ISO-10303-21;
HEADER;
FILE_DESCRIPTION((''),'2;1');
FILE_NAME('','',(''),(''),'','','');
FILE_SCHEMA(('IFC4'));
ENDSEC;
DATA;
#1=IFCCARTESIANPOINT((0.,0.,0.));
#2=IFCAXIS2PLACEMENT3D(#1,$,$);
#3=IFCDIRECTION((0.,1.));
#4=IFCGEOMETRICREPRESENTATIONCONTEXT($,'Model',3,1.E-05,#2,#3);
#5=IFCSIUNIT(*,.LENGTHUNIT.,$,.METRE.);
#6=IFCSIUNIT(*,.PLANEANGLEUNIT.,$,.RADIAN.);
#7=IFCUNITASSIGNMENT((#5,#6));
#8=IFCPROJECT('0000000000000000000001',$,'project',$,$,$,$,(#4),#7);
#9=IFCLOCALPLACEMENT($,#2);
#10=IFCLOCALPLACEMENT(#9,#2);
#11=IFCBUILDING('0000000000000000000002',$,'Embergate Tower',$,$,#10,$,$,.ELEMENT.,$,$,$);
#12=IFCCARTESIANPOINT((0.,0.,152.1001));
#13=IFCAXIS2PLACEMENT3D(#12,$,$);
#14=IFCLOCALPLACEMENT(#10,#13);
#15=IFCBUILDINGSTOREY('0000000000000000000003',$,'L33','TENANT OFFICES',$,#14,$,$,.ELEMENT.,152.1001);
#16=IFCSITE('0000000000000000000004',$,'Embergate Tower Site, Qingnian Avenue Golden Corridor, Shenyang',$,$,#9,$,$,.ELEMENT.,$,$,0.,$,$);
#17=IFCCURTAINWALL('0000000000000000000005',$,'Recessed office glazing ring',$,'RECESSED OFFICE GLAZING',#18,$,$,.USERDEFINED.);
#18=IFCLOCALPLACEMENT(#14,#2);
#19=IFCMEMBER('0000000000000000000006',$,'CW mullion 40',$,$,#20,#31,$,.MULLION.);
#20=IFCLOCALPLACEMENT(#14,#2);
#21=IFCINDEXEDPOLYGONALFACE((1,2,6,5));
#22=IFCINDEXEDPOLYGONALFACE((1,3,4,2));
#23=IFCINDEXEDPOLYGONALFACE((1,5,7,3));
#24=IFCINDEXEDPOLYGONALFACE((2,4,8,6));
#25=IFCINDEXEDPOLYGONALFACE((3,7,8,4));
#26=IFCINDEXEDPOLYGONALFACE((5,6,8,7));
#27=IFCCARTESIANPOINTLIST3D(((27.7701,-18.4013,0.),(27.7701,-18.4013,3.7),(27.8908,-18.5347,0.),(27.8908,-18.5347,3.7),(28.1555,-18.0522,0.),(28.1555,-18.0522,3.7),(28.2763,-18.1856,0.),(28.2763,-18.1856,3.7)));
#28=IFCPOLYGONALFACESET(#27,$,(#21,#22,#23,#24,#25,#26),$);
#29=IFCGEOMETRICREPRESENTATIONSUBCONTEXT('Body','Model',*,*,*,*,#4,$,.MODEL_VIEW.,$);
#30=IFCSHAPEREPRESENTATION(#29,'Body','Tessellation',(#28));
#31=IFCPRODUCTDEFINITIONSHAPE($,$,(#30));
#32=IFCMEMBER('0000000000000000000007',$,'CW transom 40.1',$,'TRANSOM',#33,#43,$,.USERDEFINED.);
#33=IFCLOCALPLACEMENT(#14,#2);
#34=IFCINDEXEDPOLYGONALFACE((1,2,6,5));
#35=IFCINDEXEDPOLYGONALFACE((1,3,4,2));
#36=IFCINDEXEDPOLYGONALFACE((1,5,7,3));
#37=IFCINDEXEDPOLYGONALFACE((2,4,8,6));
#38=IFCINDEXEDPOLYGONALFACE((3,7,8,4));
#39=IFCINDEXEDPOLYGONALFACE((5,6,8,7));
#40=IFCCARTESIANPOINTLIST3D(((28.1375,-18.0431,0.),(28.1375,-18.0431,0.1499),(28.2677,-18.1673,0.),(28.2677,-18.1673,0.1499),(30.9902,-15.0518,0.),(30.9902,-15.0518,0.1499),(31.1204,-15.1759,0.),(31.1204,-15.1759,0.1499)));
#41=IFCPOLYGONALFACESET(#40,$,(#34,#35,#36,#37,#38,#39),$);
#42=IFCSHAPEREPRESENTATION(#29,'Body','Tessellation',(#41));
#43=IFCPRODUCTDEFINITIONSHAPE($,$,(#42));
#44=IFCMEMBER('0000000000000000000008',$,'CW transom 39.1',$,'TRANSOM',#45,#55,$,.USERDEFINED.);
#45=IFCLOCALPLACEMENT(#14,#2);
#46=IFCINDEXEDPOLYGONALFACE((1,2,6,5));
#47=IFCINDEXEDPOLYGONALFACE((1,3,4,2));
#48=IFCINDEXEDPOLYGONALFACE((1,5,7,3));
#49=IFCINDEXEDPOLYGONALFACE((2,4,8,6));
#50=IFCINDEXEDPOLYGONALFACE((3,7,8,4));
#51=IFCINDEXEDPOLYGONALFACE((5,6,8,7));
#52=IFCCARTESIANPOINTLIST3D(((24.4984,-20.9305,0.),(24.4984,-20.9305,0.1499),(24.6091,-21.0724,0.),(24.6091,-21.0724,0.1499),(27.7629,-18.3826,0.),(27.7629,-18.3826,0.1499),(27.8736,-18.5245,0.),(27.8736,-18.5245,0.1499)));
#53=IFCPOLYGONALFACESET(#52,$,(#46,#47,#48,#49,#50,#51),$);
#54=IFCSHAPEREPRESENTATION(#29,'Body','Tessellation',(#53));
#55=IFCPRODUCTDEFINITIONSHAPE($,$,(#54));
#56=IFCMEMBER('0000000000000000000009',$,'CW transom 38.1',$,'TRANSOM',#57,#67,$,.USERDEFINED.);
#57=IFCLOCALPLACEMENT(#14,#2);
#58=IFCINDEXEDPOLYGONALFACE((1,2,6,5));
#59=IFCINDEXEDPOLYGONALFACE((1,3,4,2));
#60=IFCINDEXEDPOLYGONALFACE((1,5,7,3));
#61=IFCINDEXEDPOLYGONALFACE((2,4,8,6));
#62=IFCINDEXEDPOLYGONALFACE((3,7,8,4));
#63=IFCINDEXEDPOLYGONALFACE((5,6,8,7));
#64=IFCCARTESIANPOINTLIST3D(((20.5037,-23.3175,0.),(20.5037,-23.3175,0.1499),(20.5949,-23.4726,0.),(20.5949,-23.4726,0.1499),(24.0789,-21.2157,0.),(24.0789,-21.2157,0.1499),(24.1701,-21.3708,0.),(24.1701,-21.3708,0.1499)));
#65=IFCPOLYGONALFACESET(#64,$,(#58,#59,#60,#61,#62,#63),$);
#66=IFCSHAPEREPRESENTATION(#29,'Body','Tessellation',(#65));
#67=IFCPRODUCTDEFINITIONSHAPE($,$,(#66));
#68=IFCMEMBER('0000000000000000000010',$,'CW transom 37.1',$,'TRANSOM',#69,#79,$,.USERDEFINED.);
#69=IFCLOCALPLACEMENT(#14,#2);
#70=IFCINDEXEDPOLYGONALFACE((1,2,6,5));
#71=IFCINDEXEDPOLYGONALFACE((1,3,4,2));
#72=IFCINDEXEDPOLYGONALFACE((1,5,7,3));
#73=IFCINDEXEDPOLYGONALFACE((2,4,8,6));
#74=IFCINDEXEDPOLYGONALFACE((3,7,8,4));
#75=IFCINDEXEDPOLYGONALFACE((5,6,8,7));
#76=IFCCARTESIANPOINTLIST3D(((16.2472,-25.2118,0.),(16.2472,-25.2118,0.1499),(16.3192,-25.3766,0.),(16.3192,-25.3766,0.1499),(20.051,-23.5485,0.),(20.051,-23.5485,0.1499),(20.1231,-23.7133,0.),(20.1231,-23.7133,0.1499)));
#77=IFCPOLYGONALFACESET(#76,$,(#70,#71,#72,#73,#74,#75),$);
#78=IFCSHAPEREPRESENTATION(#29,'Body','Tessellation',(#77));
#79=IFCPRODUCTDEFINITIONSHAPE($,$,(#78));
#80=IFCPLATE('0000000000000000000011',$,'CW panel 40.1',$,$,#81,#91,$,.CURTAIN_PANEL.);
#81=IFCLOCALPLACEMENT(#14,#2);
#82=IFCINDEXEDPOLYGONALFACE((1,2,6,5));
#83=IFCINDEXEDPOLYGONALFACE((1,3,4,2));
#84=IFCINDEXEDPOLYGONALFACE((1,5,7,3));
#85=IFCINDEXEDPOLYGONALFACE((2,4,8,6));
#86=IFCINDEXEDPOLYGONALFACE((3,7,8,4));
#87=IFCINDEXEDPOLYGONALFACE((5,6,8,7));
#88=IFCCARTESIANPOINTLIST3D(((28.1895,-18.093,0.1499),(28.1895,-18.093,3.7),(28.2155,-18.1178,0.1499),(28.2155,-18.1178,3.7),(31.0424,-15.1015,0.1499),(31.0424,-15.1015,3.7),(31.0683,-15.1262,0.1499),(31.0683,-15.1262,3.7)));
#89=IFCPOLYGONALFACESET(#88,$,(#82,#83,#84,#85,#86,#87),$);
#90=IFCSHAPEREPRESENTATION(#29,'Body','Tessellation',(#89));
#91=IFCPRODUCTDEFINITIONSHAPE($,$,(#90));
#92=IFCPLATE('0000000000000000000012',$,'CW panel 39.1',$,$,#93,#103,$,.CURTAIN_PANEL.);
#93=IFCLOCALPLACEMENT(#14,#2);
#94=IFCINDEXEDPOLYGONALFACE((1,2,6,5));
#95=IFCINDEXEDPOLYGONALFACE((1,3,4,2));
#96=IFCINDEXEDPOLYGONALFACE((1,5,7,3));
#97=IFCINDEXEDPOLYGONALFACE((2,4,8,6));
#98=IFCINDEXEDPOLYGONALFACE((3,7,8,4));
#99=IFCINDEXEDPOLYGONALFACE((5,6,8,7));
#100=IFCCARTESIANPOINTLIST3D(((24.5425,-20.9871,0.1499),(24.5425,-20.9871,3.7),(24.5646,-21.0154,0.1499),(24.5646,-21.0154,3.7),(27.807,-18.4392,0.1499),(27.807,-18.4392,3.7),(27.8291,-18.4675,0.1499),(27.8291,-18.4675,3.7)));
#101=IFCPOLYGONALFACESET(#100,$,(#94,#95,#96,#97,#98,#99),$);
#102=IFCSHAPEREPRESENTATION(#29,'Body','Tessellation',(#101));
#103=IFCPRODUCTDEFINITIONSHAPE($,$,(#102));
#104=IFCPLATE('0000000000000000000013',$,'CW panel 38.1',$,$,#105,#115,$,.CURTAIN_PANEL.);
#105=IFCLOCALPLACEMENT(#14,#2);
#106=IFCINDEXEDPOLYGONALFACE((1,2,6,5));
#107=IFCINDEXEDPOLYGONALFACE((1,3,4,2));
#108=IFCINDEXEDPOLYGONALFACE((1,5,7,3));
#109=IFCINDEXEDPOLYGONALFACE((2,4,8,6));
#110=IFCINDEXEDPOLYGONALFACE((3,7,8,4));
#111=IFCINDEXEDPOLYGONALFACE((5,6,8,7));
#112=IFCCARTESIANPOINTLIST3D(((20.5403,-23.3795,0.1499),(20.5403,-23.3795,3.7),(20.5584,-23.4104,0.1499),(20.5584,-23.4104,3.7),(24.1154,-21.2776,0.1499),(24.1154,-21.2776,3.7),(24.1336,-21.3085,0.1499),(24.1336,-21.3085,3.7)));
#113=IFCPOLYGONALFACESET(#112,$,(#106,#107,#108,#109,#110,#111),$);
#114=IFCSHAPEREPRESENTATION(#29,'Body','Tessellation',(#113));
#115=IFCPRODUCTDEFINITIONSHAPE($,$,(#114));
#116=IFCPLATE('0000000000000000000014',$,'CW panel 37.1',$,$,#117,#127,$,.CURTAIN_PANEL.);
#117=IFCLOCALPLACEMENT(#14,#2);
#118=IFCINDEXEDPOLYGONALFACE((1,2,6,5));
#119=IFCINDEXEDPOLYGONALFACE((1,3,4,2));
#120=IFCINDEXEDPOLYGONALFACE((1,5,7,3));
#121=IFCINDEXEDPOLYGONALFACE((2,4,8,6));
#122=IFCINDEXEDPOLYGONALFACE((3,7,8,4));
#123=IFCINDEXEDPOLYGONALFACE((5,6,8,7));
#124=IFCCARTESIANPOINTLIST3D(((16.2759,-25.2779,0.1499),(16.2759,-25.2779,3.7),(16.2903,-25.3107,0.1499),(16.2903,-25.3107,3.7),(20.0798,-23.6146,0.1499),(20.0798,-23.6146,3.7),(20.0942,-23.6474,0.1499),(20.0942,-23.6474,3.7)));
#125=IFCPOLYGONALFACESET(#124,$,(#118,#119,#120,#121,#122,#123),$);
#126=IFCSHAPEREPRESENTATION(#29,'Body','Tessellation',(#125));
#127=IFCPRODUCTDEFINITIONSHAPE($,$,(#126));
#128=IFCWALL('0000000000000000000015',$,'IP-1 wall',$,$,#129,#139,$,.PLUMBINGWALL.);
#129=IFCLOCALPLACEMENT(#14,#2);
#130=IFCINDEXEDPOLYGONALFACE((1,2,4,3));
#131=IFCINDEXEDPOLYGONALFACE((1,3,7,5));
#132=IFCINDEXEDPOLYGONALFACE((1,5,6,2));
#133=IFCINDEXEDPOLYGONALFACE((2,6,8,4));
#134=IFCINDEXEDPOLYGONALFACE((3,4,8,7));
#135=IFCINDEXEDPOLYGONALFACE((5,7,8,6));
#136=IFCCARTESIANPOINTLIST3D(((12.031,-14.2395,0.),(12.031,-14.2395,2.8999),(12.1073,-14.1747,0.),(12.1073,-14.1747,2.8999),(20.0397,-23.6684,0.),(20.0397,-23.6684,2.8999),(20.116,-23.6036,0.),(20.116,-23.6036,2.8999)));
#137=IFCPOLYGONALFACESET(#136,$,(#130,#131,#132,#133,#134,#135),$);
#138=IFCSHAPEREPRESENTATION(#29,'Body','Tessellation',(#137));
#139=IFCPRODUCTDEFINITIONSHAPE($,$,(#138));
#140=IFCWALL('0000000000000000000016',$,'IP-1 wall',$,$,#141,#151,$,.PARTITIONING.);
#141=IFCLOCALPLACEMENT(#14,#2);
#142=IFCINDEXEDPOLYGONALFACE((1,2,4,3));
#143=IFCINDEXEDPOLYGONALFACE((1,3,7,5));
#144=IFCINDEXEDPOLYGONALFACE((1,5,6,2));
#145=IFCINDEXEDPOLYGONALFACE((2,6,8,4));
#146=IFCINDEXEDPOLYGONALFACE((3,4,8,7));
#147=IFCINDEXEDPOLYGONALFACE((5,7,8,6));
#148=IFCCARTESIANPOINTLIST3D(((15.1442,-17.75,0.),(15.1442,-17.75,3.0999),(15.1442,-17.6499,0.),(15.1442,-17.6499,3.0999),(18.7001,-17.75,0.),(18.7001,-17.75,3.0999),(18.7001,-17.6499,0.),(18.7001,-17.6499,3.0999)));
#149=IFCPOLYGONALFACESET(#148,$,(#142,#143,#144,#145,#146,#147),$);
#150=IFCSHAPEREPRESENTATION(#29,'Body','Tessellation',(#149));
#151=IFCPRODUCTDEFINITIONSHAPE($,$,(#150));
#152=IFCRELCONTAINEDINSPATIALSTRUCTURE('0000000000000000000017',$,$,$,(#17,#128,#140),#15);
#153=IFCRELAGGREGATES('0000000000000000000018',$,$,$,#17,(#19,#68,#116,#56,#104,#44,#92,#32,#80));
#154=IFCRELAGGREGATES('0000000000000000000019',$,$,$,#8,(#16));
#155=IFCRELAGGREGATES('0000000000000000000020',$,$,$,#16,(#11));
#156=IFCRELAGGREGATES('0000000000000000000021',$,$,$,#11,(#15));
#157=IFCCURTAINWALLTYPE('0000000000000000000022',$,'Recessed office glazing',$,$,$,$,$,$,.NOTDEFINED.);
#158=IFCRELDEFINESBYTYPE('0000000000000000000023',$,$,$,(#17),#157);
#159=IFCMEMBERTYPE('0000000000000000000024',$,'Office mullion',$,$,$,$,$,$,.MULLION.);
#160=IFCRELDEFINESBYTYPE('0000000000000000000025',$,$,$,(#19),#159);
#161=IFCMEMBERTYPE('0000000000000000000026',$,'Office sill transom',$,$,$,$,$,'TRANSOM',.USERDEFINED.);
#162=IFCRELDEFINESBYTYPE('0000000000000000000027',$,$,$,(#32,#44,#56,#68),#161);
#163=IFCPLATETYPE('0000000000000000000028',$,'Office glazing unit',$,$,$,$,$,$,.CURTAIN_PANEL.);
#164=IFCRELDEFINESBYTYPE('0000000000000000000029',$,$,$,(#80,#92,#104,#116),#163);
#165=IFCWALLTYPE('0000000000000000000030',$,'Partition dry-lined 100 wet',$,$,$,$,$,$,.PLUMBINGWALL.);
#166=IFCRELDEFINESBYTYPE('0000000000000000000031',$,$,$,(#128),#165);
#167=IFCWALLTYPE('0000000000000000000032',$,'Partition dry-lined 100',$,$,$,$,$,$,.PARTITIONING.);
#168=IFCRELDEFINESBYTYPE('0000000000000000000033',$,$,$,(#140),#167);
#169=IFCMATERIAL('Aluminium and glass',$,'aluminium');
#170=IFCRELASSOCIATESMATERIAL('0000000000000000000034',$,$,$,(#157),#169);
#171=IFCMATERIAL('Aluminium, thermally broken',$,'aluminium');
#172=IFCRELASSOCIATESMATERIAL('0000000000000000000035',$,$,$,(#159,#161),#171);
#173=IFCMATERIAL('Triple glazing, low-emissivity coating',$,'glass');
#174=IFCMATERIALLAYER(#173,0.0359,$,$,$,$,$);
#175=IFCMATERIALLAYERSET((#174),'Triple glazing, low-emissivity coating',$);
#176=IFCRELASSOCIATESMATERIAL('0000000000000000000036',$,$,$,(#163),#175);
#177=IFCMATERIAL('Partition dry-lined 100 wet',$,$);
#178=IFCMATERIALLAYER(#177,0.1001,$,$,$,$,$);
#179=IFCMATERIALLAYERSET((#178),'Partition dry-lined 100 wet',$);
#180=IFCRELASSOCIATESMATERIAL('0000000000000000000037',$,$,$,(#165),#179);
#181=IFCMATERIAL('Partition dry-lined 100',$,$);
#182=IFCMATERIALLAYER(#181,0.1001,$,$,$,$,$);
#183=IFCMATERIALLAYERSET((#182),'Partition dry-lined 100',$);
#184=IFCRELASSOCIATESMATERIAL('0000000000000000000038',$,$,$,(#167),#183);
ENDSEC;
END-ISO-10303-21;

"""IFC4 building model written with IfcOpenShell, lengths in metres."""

from ifc_helpers import new_model, si_unit, direction, frame, frame_2d, origin, origin_2d, place, context, subcontext, project, spatial, rectangle, extrude, source, transform, mapped, material, layer, layer_set, material_profile, profile_set, type_object, element, aggregate, save


model = new_model("IFC4")

# Units and contexts
model_context = context("Model", 3, precision=1e-05, world=origin(), true_north=direction((0.0, 1.0)))
body_context = subcontext(model_context, "Body", "Model", "MODEL_VIEW")
ifc_project = project(units=[si_unit("LENGTHUNIT", "METRE"), si_unit("PLANEANGLEUNIT", "RADIAN")], contexts=[model_context])

# Site, building, storey
site_placement = place(None, origin())
site = spatial("IfcSite", under=ifc_project, at=site_placement, Name="Embergate Tower Site, Qingnian Avenue Golden Corridor, Shenyang", CompositionType="ELEMENT", RefElevation=0.0)
building_placement = place(site_placement, origin())
building = spatial("IfcBuilding", under=site, at=building_placement, Name="Embergate Tower", CompositionType="ELEMENT")
storey_placement = place(building_placement, frame((0.0, 0.0, 152.1001)))
storey = spatial("IfcBuildingStorey", under=building, at=storey_placement, Name="L33", Description="TENANT OFFICES", CompositionType="ELEMENT", Elevation=152.1001)

# Curtain wall, members, plates
ifc_material_1 = material(Name="Aluminium and glass", Category="aluminium")
curtain_wall_type = type_object("IfcCurtainWallType", Name="Recessed office glazing", PredefinedType="NOTDEFINED", material=ifc_material_1)
curtain_wall_placement = place(storey_placement, origin())
curtain_wall = element("IfcCurtainWall", 1, at=curtain_wall_placement, inside=storey, type_object=curtain_wall_type, Name="Recessed office glazing ring", ObjectType="RECESSED OFFICE GLAZING", PredefinedType="USERDEFINED")
ifc_material_2 = material(Name="Aluminium, thermally broken", Category="aluminium")
ifc_material_profile_1 = material_profile(ifc_material_2, rectangle(XDim=0.1799, YDim=0.52, at=origin_2d()), Name="AL 520x180")
ifc_profile_set_1 = profile_set([ifc_material_profile_1], Name="Aluminium, thermally broken")
member_type_1 = type_object("IfcMemberType", Name="Office mullion", PredefinedType="MULLION", material=ifc_profile_set_1)
shared_shape_1 = source(origin(), body_context, "Body", "SweptSolid", [
    extrude(rectangle(XDim=0.1799, YDim=0.52, at=origin_2d()), origin(), (0.0, 0.0, 1.0), 3.7),
])
member_1_placement = place(storey_placement, frame((28.0232, -18.2935, 0.0), z_axis=(0.0, 0.0, 1.0), x_axis=(-0.671227, 0.741252, 0.0)))
member_1 = element("IfcMember", 2, at=member_1_placement, type_object=member_type_1, Name="CW mullion 40", PredefinedType="MULLION", context=body_context, shape_type="MappedRepresentation", body=[
    mapped(shared_shape_1, transform((0.0, 0.0, 0.0))),
])
ifc_material_profile_2 = material_profile(ifc_material_2, rectangle(XDim=0.1799, YDim=0.1499, at=origin_2d()), Name="AL 150x180")
ifc_profile_set_2 = profile_set([ifc_material_profile_2], Name="Aluminium, thermally broken")
member_type_2 = type_object("IfcMemberType", Name="Office sill transom", ElementType="TRANSOM", PredefinedType="USERDEFINED", material=ifc_profile_set_2)
shared_shape_2 = source(origin(), body_context, "Body", "SweptSolid", [
    extrude(rectangle(XDim=0.1799, YDim=0.1499, at=origin_2d()), origin(), (0.0, 0.0, 1.0), 4.1335),
])
member_2_placement = place(storey_placement, frame((28.2026, -18.1052, 0.075), z_axis=(0.690134, 0.723681, 0.0), x_axis=(-0.723681, 0.690134, 0.0)))
member_2 = element("IfcMember", 3, at=member_2_placement, type_object=member_type_2, Name="CW transom 40.1", ObjectType="TRANSOM", PredefinedType="USERDEFINED", context=body_context, shape_type="MappedRepresentation", body=[
    mapped(shared_shape_2, transform((0.0, 0.0, 0.0))),
])
shared_shape_3 = source(origin(), body_context, "Body", "SweptSolid", [
    extrude(rectangle(XDim=0.1799, YDim=0.1499, at=origin_2d()), origin(), (0.0, 0.0, 1.0), 4.1411),
])
member_3_placement = place(storey_placement, frame((24.5537, -21.0015, 0.075), z_axis=(0.788313, 0.615274, 0.0), x_axis=(-0.615274, 0.788313, 0.0)))
member_3 = element("IfcMember", 4, at=member_3_placement, type_object=member_type_2, Name="CW transom 39.1", ObjectType="TRANSOM", PredefinedType="USERDEFINED", context=body_context, shape_type="MappedRepresentation", body=[
    mapped(shared_shape_3, transform((0.0, 0.0, 0.0))),
])
shared_shape_4 = source(origin(), body_context, "Body", "SweptSolid", [
    extrude(rectangle(XDim=0.1799, YDim=0.1499, at=origin_2d()), origin(), (0.0, 0.0, 1.0), 4.1472),
])
member_4_placement = place(storey_placement, frame((20.5493, -23.395, 0.075), z_axis=(0.862066, 0.506796, 0.0), x_axis=(-0.506796, 0.862066, 0.0)))
member_4 = element("IfcMember", 5, at=member_4_placement, type_object=member_type_2, Name="CW transom 38.1", ObjectType="TRANSOM", PredefinedType="USERDEFINED", context=body_context, shape_type="MappedRepresentation", body=[
    mapped(shared_shape_4, transform((0.0, 0.0, 0.0))),
])
shared_shape_5 = source(origin(), body_context, "Body", "SweptSolid", [
    extrude(rectangle(XDim=0.1799, YDim=0.1499, at=origin_2d()), origin(), (0.0, 0.0, 1.0), 4.1516),
])
member_5_placement = place(storey_placement, frame((16.2832, -25.2942, 0.075), z_axis=(0.916237, 0.400637, 0.0), x_axis=(-0.400637, 0.916237, 0.0)))
member_5 = element("IfcMember", 6, at=member_5_placement, type_object=member_type_2, Name="CW transom 37.1", ObjectType="TRANSOM", PredefinedType="USERDEFINED", context=body_context, shape_type="MappedRepresentation", body=[
    mapped(shared_shape_5, transform((0.0, 0.0, 0.0))),
])
ifc_material_3 = material(Name="Triple glazing, low-emissivity coating", Category="glass")
ifc_layer_1 = layer(ifc_material_3, 0.0359)
ifc_layer_set_1 = layer_set([ifc_layer_1], Name="Triple glazing, low-emissivity coating")
plate_type = type_object("IfcPlateType", Name="Office glazing unit", PredefinedType="CURTAIN_PANEL", material=ifc_layer_set_1)
shared_shape_6 = source(origin(), body_context, "Body", "SweptSolid", [
    extrude(rectangle(XDim=4.1338, YDim=0.0359, at=origin_2d()), origin(), (0.0, 0.0, 1.0), 3.55),
])
plate_1_placement = place(storey_placement, frame((29.6289, -16.6096, 0.1499), z_axis=(0.0, 0.0, 1.0), x_axis=(0.690135, 0.723681, 0.0)))
plate_1 = element("IfcPlate", 7, at=plate_1_placement, type_object=plate_type, Name="CW panel 40.1", PredefinedType="CURTAIN_PANEL", context=body_context, shape_type="MappedRepresentation", body=[
    mapped(shared_shape_6, transform((0.0, 0.0, 0.0))),
])
shared_shape_7 = source(origin(), body_context, "Body", "SweptSolid", [
    extrude(rectangle(XDim=4.1411, YDim=0.0359, at=origin_2d()), origin(), (0.0, 0.0, 1.0), 3.55),
])
plate_2_placement = place(storey_placement, frame((26.1858, -19.7273, 0.1499), z_axis=(0.0, 0.0, 1.0), x_axis=(0.78832, 0.615265, 0.0)))
plate_2 = element("IfcPlate", 8, at=plate_2_placement, type_object=plate_type, Name="CW panel 39.1", PredefinedType="CURTAIN_PANEL", context=body_context, shape_type="MappedRepresentation", body=[
    mapped(shared_shape_7, transform((0.0, 0.0, 0.0))),
])
shared_shape_8 = source(origin(), body_context, "Body", "SweptSolid", [
    extrude(rectangle(XDim=4.1472, YDim=0.0359, at=origin_2d()), origin(), (0.0, 0.0, 1.0), 3.55),
])
plate_3_placement = place(storey_placement, frame((22.3369, -22.344, 0.1499), z_axis=(0.0, 0.0, 1.0), x_axis=(0.862053, 0.506818, 0.0)))
plate_3 = element("IfcPlate", 9, at=plate_3_placement, type_object=plate_type, Name="CW panel 38.1", PredefinedType="CURTAIN_PANEL", context=body_context, shape_type="MappedRepresentation", body=[
    mapped(shared_shape_8, transform((0.0, 0.0, 0.0))),
])
shared_shape_9 = source(origin(), body_context, "Body", "SweptSolid", [
    extrude(rectangle(XDim=4.1516, YDim=0.0359, at=origin_2d()), origin(), (0.0, 0.0, 1.0), 3.55),
])
plate_4_placement = place(storey_placement, frame((18.1851, -24.4626, 0.1499), z_axis=(0.0, 0.0, 1.0), x_axis=(0.916236, 0.400638, 0.0)))
plate_4 = element("IfcPlate", 10, at=plate_4_placement, type_object=plate_type, Name="CW panel 37.1", PredefinedType="CURTAIN_PANEL", context=body_context, shape_type="MappedRepresentation", body=[
    mapped(shared_shape_9, transform((0.0, 0.0, 0.0))),
])
aggregate(curtain_wall, [member_1, member_5, plate_4, member_4, plate_3, member_3, plate_2, member_2, plate_1])

# Walls
ifc_material_4 = material(Name="Partition dry-lined 100 wet")
ifc_layer_2 = layer(ifc_material_4, 0.1001)
ifc_layer_set_2 = layer_set([ifc_layer_2], Name="Partition dry-lined 100 wet")
wall_type_1 = type_object("IfcWallType", Name="Partition dry-lined 100 wet", PredefinedType="PLUMBINGWALL", material=ifc_layer_set_2)
shared_shape_10 = source(origin(), body_context, "Body", "SweptSolid", [
    extrude(rectangle(XDim=12.3711, YDim=0.1001, at=frame_2d((6.1855, 0.0))), origin(), (0.0, 0.0, 1.0), 2.8999),
])
wall_1_placement = place(storey_placement, frame((20.0779, -23.636, 0.0), z_axis=(0.0, 0.0, 1.0), x_axis=(-0.647375, 0.762172, 0.0)))
element("IfcWall", 11, at=wall_1_placement, inside=storey, type_object=wall_type_1, Name="IP-1 wall", PredefinedType="PLUMBINGWALL", context=body_context, shape_type="MappedRepresentation", body=[
    mapped(shared_shape_10, transform((0.0, 0.0, 0.0))),
])
ifc_material_5 = material(Name="Partition dry-lined 100")
ifc_layer_3 = layer(ifc_material_5, 0.1001)
ifc_layer_set_3 = layer_set([ifc_layer_3], Name="Partition dry-lined 100")
wall_type_2 = type_object("IfcWallType", Name="Partition dry-lined 100", PredefinedType="PARTITIONING", material=ifc_layer_set_3)
shared_shape_11 = source(origin(), body_context, "Body", "SweptSolid", [
    extrude(rectangle(XDim=3.5559, YDim=0.1001, at=frame_2d((1.7778, 0.0))), origin(), (0.0, 0.0, 1.0), 3.0999),
])
wall_2_placement = place(storey_placement, frame((18.7, -17.7, 0.0), z_axis=(0.0, 0.0, 1.0), x_axis=(-1.0, 0.0, 0.0)))
element("IfcWall", 12, at=wall_2_placement, inside=storey, type_object=wall_type_2, Name="IP-1 wall", PredefinedType="PARTITIONING", context=body_context, shape_type="MappedRepresentation", body=[
    mapped(shared_shape_11, transform((0.0, 0.0, 0.0))),
])

save(model, "model.ifc")
